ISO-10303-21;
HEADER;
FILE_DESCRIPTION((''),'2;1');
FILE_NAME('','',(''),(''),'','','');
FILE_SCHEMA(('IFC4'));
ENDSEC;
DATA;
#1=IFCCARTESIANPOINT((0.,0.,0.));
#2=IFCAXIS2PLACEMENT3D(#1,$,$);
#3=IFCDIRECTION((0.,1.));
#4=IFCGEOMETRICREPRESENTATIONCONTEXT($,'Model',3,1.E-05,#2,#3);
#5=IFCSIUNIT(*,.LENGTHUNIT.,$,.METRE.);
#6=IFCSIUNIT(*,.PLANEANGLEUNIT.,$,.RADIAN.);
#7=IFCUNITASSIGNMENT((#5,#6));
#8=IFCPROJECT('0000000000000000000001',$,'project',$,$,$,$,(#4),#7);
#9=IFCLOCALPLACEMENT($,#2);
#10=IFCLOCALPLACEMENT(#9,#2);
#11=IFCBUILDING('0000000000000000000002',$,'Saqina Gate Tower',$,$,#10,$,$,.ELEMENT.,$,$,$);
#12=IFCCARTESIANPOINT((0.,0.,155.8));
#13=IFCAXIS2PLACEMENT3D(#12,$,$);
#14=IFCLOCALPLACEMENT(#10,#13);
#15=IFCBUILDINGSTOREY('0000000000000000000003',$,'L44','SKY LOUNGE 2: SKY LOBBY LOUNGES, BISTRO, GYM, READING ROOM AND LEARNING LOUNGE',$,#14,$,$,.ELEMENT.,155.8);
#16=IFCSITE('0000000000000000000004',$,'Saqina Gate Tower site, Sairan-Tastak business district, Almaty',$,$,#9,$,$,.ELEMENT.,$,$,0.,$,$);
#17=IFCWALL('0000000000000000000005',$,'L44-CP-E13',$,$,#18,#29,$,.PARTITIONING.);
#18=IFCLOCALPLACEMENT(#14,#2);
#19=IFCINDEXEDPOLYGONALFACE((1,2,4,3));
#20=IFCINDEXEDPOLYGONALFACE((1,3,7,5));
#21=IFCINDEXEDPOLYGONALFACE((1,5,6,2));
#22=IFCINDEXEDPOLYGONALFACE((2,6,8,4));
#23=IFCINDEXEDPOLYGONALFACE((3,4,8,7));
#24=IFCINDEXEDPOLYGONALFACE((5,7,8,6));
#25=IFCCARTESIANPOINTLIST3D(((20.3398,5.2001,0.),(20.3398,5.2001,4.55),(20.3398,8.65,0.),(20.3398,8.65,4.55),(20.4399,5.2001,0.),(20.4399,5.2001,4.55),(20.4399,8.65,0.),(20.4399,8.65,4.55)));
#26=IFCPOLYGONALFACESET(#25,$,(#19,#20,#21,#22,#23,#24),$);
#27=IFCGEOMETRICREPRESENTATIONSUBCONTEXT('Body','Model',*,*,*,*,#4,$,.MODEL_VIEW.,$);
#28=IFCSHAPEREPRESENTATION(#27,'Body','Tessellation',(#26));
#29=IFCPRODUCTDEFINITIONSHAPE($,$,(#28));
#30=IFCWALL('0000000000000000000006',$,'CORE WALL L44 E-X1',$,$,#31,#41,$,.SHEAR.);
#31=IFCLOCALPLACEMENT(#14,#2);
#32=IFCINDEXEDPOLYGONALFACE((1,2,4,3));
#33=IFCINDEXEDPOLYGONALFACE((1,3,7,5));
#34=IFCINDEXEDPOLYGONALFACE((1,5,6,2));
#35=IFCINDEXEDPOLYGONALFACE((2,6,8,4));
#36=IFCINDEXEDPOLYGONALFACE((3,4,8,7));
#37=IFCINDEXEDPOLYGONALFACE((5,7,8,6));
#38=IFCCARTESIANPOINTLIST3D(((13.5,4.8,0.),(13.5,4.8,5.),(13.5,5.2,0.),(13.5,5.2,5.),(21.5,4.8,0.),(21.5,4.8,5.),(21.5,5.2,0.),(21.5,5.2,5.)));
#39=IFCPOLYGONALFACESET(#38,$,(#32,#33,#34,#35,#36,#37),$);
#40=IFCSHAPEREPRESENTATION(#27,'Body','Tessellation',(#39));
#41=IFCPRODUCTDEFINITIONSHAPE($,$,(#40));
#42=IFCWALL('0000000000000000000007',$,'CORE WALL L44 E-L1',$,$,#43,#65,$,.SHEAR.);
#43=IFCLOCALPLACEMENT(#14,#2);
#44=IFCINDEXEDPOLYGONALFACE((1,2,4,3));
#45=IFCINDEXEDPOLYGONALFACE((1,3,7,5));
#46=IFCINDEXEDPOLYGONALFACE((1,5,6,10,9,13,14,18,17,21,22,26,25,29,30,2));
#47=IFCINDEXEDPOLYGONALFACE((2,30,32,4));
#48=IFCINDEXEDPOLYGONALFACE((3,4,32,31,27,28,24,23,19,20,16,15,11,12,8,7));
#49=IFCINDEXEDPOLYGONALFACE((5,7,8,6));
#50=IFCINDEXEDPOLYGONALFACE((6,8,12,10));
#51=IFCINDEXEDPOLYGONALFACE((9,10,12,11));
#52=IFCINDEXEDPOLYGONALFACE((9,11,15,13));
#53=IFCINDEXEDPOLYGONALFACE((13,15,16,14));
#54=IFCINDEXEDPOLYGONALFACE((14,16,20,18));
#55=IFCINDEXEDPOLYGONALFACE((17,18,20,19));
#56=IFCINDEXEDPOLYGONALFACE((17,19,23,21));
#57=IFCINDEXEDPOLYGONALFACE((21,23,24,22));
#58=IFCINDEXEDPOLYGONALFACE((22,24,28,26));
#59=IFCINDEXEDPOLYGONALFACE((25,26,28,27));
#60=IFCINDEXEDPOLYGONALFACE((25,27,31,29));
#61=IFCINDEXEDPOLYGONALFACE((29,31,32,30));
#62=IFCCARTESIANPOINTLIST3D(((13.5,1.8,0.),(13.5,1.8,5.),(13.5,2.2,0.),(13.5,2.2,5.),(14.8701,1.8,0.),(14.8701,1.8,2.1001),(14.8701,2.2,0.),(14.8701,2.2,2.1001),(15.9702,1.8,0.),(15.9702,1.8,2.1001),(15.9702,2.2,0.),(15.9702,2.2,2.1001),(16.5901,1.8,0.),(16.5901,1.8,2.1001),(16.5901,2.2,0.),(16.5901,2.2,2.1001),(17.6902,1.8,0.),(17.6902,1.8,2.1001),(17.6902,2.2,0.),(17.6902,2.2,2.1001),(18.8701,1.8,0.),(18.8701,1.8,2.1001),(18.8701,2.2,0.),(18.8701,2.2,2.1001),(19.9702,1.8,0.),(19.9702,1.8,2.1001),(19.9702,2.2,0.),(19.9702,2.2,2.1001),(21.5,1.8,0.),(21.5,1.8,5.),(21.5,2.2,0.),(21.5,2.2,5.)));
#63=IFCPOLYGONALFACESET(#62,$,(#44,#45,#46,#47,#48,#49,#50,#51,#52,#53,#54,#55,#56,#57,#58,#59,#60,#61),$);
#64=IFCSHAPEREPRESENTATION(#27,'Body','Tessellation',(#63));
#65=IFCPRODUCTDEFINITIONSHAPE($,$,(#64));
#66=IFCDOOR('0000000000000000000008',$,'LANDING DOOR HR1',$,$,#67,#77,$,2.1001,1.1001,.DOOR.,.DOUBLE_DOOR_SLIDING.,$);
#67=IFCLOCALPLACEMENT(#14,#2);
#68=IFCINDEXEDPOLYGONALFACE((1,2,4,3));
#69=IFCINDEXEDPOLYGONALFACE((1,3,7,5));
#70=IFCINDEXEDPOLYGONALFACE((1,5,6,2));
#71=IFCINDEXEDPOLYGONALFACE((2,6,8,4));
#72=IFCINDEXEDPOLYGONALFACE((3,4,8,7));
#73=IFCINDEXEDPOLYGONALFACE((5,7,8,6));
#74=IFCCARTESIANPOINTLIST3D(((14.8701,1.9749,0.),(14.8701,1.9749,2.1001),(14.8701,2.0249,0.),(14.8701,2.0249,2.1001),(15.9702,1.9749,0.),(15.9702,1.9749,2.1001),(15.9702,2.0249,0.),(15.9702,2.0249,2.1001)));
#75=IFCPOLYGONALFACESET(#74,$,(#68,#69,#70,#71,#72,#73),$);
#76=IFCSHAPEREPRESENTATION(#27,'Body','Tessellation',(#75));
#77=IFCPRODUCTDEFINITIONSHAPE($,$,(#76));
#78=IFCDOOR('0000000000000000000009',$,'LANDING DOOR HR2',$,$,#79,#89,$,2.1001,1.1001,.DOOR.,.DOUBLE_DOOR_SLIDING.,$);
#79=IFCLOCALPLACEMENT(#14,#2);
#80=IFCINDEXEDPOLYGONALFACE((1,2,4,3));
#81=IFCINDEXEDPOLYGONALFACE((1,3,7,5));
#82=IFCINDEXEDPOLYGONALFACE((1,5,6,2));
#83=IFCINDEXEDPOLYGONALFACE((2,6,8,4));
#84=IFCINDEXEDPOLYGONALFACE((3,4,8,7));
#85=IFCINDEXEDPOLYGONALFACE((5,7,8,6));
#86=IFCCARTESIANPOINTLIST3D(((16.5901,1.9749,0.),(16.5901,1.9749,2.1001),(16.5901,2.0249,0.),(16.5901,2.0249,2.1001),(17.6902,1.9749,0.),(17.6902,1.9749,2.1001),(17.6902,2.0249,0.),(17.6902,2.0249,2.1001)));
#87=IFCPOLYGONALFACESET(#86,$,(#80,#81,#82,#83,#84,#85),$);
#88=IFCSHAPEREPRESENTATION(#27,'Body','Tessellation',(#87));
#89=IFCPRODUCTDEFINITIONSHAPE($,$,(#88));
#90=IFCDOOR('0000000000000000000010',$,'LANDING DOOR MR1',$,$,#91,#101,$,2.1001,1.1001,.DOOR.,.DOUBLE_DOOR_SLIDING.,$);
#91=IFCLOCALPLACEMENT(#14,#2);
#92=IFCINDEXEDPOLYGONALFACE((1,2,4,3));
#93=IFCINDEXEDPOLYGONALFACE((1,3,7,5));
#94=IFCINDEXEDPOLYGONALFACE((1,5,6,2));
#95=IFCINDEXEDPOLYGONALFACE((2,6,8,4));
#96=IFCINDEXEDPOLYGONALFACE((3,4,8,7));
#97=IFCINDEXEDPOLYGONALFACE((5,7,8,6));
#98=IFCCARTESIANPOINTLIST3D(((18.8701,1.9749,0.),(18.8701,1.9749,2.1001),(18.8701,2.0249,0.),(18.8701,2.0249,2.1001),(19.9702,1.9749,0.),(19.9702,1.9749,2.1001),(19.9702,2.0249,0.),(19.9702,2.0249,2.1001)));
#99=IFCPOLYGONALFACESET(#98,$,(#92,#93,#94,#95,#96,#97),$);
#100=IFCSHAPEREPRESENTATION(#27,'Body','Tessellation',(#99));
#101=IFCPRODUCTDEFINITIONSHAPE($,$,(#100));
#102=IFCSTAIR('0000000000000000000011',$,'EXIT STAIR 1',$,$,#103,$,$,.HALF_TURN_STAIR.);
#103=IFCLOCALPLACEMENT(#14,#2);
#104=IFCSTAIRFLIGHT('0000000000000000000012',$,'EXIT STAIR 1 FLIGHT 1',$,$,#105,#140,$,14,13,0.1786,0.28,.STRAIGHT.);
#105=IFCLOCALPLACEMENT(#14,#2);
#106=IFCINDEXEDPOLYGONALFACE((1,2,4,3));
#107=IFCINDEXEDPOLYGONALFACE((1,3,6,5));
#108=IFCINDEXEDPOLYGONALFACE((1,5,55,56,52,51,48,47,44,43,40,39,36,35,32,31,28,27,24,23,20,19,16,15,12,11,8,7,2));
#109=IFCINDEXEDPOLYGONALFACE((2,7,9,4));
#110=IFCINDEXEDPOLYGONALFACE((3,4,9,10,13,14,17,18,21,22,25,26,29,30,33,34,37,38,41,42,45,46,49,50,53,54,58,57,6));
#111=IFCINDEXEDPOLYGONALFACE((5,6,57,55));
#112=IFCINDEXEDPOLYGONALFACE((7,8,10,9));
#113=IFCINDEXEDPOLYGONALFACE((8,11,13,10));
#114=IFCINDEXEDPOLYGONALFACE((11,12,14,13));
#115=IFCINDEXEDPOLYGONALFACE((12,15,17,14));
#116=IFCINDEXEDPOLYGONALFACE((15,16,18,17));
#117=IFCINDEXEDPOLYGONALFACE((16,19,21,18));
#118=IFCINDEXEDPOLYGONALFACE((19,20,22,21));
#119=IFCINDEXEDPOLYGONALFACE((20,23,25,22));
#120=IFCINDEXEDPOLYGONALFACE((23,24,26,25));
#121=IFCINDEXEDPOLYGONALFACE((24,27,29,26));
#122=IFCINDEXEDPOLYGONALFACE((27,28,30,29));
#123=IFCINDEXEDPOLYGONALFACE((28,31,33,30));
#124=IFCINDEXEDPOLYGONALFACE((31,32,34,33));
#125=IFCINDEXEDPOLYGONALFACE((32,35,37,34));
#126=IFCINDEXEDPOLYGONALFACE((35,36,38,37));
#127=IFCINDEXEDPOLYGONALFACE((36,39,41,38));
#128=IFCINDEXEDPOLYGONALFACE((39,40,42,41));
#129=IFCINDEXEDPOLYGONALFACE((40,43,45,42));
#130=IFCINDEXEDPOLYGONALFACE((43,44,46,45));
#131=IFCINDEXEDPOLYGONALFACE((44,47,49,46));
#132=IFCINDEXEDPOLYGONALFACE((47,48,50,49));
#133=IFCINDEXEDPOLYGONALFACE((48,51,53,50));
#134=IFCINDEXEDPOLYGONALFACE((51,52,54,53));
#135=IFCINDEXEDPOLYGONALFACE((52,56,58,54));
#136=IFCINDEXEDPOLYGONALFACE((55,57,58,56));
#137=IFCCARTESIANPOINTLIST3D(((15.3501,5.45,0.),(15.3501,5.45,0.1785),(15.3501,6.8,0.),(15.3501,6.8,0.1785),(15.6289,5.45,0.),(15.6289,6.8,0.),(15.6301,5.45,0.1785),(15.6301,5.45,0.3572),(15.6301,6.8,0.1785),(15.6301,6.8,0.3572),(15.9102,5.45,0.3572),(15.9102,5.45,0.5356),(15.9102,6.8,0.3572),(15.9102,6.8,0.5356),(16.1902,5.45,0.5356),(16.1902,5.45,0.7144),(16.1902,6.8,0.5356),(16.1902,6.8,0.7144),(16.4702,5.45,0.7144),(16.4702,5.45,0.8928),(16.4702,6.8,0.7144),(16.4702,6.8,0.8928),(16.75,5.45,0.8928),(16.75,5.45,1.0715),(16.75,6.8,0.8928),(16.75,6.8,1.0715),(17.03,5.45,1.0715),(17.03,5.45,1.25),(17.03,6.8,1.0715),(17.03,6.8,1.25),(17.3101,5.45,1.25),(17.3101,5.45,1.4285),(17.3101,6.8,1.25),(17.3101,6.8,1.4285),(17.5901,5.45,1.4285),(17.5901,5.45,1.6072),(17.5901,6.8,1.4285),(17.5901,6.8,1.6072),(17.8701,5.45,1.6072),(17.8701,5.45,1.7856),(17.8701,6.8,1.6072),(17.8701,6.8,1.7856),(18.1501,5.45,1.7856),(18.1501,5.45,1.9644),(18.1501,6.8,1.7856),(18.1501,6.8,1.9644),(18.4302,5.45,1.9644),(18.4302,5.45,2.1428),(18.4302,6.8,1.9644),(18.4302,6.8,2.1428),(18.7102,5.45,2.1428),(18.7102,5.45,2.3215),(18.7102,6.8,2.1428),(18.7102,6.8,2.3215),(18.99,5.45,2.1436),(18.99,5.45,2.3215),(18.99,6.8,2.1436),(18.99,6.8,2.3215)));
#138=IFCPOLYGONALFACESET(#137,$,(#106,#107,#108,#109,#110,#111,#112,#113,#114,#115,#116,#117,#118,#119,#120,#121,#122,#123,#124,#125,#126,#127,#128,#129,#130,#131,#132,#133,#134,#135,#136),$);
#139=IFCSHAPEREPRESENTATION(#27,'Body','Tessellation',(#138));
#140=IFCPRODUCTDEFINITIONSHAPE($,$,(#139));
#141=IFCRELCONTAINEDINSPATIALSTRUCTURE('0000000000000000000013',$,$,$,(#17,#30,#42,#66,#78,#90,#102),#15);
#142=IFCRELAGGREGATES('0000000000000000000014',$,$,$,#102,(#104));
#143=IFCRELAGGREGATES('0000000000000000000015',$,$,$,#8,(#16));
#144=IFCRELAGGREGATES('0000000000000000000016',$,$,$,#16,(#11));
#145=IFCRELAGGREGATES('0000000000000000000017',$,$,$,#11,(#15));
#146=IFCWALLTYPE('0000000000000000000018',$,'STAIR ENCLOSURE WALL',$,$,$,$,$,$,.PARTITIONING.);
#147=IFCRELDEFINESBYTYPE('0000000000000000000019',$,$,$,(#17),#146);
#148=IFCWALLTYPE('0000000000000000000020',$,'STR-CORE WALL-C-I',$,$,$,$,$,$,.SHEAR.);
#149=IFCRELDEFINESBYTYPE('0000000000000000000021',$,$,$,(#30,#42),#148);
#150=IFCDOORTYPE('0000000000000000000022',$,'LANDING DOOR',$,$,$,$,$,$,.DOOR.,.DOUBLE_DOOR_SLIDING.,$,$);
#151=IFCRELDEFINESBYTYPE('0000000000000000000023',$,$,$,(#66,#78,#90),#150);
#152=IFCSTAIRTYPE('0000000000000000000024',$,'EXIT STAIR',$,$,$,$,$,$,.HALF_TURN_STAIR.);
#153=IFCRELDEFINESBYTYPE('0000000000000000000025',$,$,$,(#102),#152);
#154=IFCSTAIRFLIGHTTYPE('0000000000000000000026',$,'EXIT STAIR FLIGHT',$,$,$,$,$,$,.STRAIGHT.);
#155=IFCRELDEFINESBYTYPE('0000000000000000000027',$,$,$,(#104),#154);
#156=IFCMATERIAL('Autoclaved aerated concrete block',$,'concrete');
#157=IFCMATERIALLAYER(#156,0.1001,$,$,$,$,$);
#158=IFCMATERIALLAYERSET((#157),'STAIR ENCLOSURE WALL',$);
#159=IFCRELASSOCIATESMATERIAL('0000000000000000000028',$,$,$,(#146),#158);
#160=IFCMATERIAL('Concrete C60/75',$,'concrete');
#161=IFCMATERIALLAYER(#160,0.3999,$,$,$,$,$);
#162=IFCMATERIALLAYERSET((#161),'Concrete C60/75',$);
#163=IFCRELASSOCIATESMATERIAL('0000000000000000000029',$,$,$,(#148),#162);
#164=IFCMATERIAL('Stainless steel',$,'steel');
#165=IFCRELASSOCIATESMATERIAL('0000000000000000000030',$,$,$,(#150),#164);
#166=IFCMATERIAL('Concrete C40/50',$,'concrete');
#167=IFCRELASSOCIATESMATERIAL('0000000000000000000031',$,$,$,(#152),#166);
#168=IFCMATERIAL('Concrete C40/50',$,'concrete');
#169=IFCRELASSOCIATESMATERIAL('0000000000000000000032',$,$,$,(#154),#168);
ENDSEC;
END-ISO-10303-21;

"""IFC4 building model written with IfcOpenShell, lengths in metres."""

from ifc_helpers import new_model, si_unit, direction, frame, frame_2d, origin, place, context, subcontext, project, spatial, polyline, rectangle, outline, extrude, material, layer, layer_set, type_object, element, fill, aggregate, save


model = new_model("IFC4")

# Units and contexts
model_context = context("Model", 3, precision=1e-05, world=origin(), true_north=direction((0.0, 1.0)))
body_context = subcontext(model_context, "Body", "Model", "MODEL_VIEW")
ifc_project = project(units=[si_unit("LENGTHUNIT", "METRE"), si_unit("PLANEANGLEUNIT", "RADIAN")], contexts=[model_context])

# Site, building, storey
site_placement = place(None, origin())
site = spatial("IfcSite", under=ifc_project, at=site_placement, Name="Saqina Gate Tower site, Sairan-Tastak business district, Almaty", CompositionType="ELEMENT", RefElevation=0.0)
building_placement = place(site_placement, origin())
building = spatial("IfcBuilding", under=site, at=building_placement, Name="Saqina Gate Tower", CompositionType="ELEMENT")
storey_placement = place(building_placement, frame((0.0, 0.0, 155.8)))
storey = spatial("IfcBuildingStorey", under=building, at=storey_placement, Name="L44", Description="SKY LOUNGE 2: SKY LOBBY LOUNGES, BISTRO, GYM, READING ROOM AND LEARNING LOUNGE", CompositionType="ELEMENT", Elevation=155.8)

# Walls
ifc_material_1 = material(Name="Autoclaved aerated concrete block", Category="concrete")
ifc_layer_1 = layer(ifc_material_1, 0.1001)
ifc_layer_set_1 = layer_set([ifc_layer_1], Name="STAIR ENCLOSURE WALL")
wall_type_1 = type_object("IfcWallType", Name="STAIR ENCLOSURE WALL", PredefinedType="PARTITIONING", material=ifc_layer_set_1)
wall_1_placement = place(storey_placement, frame((20.3899, 5.2, 0.0), z_axis=(0.0, 0.0, 1.0), x_axis=(0.0, 1.0, 0.0)))
element("IfcWall", 1, at=wall_1_placement, inside=storey, type_object=wall_type_1, Name="L44-CP-E13", PredefinedType="PARTITIONING", context=body_context, shape_type="SweptSolid", body=[
    extrude(rectangle(XDim=3.45, YDim=0.1001, at=frame_2d((1.7251, 0.0))), origin(), (0.0, 0.0, 1.0), 4.55),
])
ifc_material_2 = material(Name="Concrete C60/75", Category="concrete")
ifc_layer_2 = layer(ifc_material_2, 0.3999)
ifc_layer_set_2 = layer_set([ifc_layer_2], Name="Concrete C60/75")
wall_type_2 = type_object("IfcWallType", Name="STR-CORE WALL-C-I", PredefinedType="SHEAR", material=ifc_layer_set_2)
wall_2_placement = place(storey_placement, frame((13.5, 5.0, 0.0), z_axis=(0.0, 0.0, 1.0), x_axis=(1.0, 0.0, 0.0)))
element("IfcWall", 2, at=wall_2_placement, inside=storey, type_object=wall_type_2, Name="CORE WALL L44 E-X1", PredefinedType="SHEAR", context=body_context, shape_type="SweptSolid", body=[
    extrude(rectangle(XDim=8.0, YDim=0.3999, at=frame_2d((4.0, 0.0))), origin(), (0.0, 0.0, 1.0), 5.0),
])

# Wall, openings, doors
wall_3_placement = place(storey_placement, frame((13.5, 2.0, 0.0), z_axis=(0.0, 0.0, 1.0), x_axis=(1.0, 0.0, 0.0)))
wall_3 = element("IfcWall", 3, at=wall_3_placement, inside=storey, type_object=wall_type_2, Name="CORE WALL L44 E-L1", PredefinedType="SHEAR", context=body_context, shape_type="SweptSolid", body=[
    extrude(rectangle(XDim=8.0, YDim=0.3999, at=frame_2d((4.0, 0.0))), origin(), (0.0, 0.0, 1.0), 5.0),
])
opening_1_placement = place(wall_3_placement, frame((1.3701, 0.0, 0.0)))
opening_1 = element("IfcOpeningElement", 4, at=opening_1_placement, cuts=wall_3, PredefinedType="OPENING", context=body_context, shape_type="SweptSolid", body=[
    extrude(rectangle(XDim=1.1001, YDim=2.1001, at=frame_2d((0.55, 1.05))), frame((0.0, 0.2119, 0.0), z_axis=(0.0, -1.0, 0.0), x_axis=(1.0, 0.0, 0.0)), (0.0, 0.0, 1.0), 0.4238),
])
opening_2_placement = place(wall_3_placement, frame((3.0901, 0.0, 0.0)))
opening_2 = element("IfcOpeningElement", 5, at=opening_2_placement, cuts=wall_3, PredefinedType="OPENING", context=body_context, shape_type="SweptSolid", body=[
    extrude(rectangle(XDim=1.1001, YDim=2.1001, at=frame_2d((0.55, 1.05))), frame((0.0, 0.2119, 0.0), z_axis=(0.0, -1.0, 0.0), x_axis=(1.0, 0.0, 0.0)), (0.0, 0.0, 1.0), 0.4238),
])
opening_3_placement = place(wall_3_placement, frame((5.3701, 0.0, 0.0)))
opening_3 = element("IfcOpeningElement", 6, at=opening_3_placement, cuts=wall_3, PredefinedType="OPENING", context=body_context, shape_type="SweptSolid", body=[
    extrude(rectangle(XDim=1.1001, YDim=2.1001, at=frame_2d((0.55, 1.05))), frame((0.0, 0.2119, 0.0), z_axis=(0.0, -1.0, 0.0), x_axis=(1.0, 0.0, 0.0)), (0.0, 0.0, 1.0), 0.4238),
])
ifc_material_3 = material(Name="Stainless steel", Category="steel")
door_type_1 = type_object("IfcDoorType", Name="LANDING DOOR", OperationType="DOUBLE_DOOR_SLIDING", PredefinedType="DOOR", material=ifc_material_3)
door_1_placement = place(opening_1_placement, origin())
door_1 = element("IfcDoor", 7, at=door_1_placement, inside=storey, type_object=door_type_1, Name="LANDING DOOR HR1", OperationType="DOUBLE_DOOR_SLIDING", OverallHeight=2.1001, OverallWidth=1.1001, PredefinedType="DOOR", context=body_context, shape_type="SweptSolid", body=[
    extrude(rectangle(XDim=1.1001, YDim=2.1001, at=frame_2d((0.55, 1.05))), frame((0.0, 0.0249, 0.0), z_axis=(0.0, -1.0, 0.0), x_axis=(1.0, 0.0, 0.0)), (0.0, 0.0, 1.0), 0.05),
])
fill(opening_1, door_1)
door_2_placement = place(opening_2_placement, origin())
door_2 = element("IfcDoor", 8, at=door_2_placement, inside=storey, type_object=door_type_1, Name="LANDING DOOR HR2", OperationType="DOUBLE_DOOR_SLIDING", OverallHeight=2.1001, OverallWidth=1.1001, PredefinedType="DOOR", context=body_context, shape_type="SweptSolid", body=[
    extrude(rectangle(XDim=1.1001, YDim=2.1001, at=frame_2d((0.55, 1.05))), frame((0.0, 0.0249, 0.0), z_axis=(0.0, -1.0, 0.0), x_axis=(1.0, 0.0, 0.0)), (0.0, 0.0, 1.0), 0.05),
])
fill(opening_2, door_2)
door_3_placement = place(opening_3_placement, origin())
door_3 = element("IfcDoor", 9, at=door_3_placement, inside=storey, type_object=door_type_1, Name="LANDING DOOR MR1", OperationType="DOUBLE_DOOR_SLIDING", OverallHeight=2.1001, OverallWidth=1.1001, PredefinedType="DOOR", context=body_context, shape_type="SweptSolid", body=[
    extrude(rectangle(XDim=1.1001, YDim=2.1001, at=frame_2d((0.55, 1.05))), frame((0.0, 0.0249, 0.0), z_axis=(0.0, -1.0, 0.0), x_axis=(1.0, 0.0, 0.0)), (0.0, 0.0, 1.0), 0.05),
])
fill(opening_3, door_3)

# Stair, stair flight
ifc_material_4 = material(Name="Concrete C40/50", Category="concrete")
stair_type = type_object("IfcStairType", Name="EXIT STAIR", PredefinedType="HALF_TURN_STAIR", material=ifc_material_4)
stair_placement = place(storey_placement, origin())
stair = element("IfcStair", 10, at=stair_placement, inside=storey, type_object=stair_type, Name="EXIT STAIR 1", PredefinedType="HALF_TURN_STAIR")
ifc_material_5 = material(Name="Concrete C40/50", Category="concrete")
stair_flight_type = type_object("IfcStairFlightType", Name="EXIT STAIR FLIGHT", PredefinedType="STRAIGHT", material=ifc_material_5)
stair_flight_1_placement = place(storey_placement, frame((15.3501, 6.125, 0.0), z_axis=(0.0, 0.0, 1.0), x_axis=(1.0, 0.0, 0.0)))
stair_flight_1 = element("IfcStairFlight", 11, at=stair_flight_1_placement, type_object=stair_flight_type, Name="EXIT STAIR 1 FLIGHT 1", NumberOfRisers=14, NumberOfTreads=13, PredefinedType="STRAIGHT", RiserHeight=0.1786, TreadLength=0.28, context=body_context, shape_type="SweptSolid", body=[
    extrude(outline(polyline([(0.0, 0.0), (0.0, 0.1785), (0.28, 0.1785), (0.28, 0.3572), (0.5601, 0.3572), (0.5601, 0.5356), (0.8401, 0.5356), (0.8401, 0.7144), (1.1201, 0.7144), (1.1201, 0.8928), (1.3999, 0.8928), (1.3999, 1.0715), (1.6799, 1.0715), (1.6799, 1.25), (1.96, 1.25), (1.96, 1.4285), (2.24, 1.4285), (2.24, 1.6072), (2.52, 1.6072), (2.52, 1.7856), (2.8, 1.7856), (2.8, 1.9644), (3.0801, 1.9644), (3.0801, 2.1428), (3.3601, 2.1428), (3.3601, 2.3215), (3.6399, 2.3215), (3.6399, 2.5), (3.6399, 2.1436), (0.2788, 0.0), (0.0, 0.0)])), frame((0.0, 0.675, 0.0), z_axis=(0.0, -1.0, 0.0), x_axis=(1.0, 0.0, 0.0)), (0.0, 0.0, 1.0), 1.3501),
])
aggregate(stair, [stair_flight_1])

save(model, "model.ifc")
